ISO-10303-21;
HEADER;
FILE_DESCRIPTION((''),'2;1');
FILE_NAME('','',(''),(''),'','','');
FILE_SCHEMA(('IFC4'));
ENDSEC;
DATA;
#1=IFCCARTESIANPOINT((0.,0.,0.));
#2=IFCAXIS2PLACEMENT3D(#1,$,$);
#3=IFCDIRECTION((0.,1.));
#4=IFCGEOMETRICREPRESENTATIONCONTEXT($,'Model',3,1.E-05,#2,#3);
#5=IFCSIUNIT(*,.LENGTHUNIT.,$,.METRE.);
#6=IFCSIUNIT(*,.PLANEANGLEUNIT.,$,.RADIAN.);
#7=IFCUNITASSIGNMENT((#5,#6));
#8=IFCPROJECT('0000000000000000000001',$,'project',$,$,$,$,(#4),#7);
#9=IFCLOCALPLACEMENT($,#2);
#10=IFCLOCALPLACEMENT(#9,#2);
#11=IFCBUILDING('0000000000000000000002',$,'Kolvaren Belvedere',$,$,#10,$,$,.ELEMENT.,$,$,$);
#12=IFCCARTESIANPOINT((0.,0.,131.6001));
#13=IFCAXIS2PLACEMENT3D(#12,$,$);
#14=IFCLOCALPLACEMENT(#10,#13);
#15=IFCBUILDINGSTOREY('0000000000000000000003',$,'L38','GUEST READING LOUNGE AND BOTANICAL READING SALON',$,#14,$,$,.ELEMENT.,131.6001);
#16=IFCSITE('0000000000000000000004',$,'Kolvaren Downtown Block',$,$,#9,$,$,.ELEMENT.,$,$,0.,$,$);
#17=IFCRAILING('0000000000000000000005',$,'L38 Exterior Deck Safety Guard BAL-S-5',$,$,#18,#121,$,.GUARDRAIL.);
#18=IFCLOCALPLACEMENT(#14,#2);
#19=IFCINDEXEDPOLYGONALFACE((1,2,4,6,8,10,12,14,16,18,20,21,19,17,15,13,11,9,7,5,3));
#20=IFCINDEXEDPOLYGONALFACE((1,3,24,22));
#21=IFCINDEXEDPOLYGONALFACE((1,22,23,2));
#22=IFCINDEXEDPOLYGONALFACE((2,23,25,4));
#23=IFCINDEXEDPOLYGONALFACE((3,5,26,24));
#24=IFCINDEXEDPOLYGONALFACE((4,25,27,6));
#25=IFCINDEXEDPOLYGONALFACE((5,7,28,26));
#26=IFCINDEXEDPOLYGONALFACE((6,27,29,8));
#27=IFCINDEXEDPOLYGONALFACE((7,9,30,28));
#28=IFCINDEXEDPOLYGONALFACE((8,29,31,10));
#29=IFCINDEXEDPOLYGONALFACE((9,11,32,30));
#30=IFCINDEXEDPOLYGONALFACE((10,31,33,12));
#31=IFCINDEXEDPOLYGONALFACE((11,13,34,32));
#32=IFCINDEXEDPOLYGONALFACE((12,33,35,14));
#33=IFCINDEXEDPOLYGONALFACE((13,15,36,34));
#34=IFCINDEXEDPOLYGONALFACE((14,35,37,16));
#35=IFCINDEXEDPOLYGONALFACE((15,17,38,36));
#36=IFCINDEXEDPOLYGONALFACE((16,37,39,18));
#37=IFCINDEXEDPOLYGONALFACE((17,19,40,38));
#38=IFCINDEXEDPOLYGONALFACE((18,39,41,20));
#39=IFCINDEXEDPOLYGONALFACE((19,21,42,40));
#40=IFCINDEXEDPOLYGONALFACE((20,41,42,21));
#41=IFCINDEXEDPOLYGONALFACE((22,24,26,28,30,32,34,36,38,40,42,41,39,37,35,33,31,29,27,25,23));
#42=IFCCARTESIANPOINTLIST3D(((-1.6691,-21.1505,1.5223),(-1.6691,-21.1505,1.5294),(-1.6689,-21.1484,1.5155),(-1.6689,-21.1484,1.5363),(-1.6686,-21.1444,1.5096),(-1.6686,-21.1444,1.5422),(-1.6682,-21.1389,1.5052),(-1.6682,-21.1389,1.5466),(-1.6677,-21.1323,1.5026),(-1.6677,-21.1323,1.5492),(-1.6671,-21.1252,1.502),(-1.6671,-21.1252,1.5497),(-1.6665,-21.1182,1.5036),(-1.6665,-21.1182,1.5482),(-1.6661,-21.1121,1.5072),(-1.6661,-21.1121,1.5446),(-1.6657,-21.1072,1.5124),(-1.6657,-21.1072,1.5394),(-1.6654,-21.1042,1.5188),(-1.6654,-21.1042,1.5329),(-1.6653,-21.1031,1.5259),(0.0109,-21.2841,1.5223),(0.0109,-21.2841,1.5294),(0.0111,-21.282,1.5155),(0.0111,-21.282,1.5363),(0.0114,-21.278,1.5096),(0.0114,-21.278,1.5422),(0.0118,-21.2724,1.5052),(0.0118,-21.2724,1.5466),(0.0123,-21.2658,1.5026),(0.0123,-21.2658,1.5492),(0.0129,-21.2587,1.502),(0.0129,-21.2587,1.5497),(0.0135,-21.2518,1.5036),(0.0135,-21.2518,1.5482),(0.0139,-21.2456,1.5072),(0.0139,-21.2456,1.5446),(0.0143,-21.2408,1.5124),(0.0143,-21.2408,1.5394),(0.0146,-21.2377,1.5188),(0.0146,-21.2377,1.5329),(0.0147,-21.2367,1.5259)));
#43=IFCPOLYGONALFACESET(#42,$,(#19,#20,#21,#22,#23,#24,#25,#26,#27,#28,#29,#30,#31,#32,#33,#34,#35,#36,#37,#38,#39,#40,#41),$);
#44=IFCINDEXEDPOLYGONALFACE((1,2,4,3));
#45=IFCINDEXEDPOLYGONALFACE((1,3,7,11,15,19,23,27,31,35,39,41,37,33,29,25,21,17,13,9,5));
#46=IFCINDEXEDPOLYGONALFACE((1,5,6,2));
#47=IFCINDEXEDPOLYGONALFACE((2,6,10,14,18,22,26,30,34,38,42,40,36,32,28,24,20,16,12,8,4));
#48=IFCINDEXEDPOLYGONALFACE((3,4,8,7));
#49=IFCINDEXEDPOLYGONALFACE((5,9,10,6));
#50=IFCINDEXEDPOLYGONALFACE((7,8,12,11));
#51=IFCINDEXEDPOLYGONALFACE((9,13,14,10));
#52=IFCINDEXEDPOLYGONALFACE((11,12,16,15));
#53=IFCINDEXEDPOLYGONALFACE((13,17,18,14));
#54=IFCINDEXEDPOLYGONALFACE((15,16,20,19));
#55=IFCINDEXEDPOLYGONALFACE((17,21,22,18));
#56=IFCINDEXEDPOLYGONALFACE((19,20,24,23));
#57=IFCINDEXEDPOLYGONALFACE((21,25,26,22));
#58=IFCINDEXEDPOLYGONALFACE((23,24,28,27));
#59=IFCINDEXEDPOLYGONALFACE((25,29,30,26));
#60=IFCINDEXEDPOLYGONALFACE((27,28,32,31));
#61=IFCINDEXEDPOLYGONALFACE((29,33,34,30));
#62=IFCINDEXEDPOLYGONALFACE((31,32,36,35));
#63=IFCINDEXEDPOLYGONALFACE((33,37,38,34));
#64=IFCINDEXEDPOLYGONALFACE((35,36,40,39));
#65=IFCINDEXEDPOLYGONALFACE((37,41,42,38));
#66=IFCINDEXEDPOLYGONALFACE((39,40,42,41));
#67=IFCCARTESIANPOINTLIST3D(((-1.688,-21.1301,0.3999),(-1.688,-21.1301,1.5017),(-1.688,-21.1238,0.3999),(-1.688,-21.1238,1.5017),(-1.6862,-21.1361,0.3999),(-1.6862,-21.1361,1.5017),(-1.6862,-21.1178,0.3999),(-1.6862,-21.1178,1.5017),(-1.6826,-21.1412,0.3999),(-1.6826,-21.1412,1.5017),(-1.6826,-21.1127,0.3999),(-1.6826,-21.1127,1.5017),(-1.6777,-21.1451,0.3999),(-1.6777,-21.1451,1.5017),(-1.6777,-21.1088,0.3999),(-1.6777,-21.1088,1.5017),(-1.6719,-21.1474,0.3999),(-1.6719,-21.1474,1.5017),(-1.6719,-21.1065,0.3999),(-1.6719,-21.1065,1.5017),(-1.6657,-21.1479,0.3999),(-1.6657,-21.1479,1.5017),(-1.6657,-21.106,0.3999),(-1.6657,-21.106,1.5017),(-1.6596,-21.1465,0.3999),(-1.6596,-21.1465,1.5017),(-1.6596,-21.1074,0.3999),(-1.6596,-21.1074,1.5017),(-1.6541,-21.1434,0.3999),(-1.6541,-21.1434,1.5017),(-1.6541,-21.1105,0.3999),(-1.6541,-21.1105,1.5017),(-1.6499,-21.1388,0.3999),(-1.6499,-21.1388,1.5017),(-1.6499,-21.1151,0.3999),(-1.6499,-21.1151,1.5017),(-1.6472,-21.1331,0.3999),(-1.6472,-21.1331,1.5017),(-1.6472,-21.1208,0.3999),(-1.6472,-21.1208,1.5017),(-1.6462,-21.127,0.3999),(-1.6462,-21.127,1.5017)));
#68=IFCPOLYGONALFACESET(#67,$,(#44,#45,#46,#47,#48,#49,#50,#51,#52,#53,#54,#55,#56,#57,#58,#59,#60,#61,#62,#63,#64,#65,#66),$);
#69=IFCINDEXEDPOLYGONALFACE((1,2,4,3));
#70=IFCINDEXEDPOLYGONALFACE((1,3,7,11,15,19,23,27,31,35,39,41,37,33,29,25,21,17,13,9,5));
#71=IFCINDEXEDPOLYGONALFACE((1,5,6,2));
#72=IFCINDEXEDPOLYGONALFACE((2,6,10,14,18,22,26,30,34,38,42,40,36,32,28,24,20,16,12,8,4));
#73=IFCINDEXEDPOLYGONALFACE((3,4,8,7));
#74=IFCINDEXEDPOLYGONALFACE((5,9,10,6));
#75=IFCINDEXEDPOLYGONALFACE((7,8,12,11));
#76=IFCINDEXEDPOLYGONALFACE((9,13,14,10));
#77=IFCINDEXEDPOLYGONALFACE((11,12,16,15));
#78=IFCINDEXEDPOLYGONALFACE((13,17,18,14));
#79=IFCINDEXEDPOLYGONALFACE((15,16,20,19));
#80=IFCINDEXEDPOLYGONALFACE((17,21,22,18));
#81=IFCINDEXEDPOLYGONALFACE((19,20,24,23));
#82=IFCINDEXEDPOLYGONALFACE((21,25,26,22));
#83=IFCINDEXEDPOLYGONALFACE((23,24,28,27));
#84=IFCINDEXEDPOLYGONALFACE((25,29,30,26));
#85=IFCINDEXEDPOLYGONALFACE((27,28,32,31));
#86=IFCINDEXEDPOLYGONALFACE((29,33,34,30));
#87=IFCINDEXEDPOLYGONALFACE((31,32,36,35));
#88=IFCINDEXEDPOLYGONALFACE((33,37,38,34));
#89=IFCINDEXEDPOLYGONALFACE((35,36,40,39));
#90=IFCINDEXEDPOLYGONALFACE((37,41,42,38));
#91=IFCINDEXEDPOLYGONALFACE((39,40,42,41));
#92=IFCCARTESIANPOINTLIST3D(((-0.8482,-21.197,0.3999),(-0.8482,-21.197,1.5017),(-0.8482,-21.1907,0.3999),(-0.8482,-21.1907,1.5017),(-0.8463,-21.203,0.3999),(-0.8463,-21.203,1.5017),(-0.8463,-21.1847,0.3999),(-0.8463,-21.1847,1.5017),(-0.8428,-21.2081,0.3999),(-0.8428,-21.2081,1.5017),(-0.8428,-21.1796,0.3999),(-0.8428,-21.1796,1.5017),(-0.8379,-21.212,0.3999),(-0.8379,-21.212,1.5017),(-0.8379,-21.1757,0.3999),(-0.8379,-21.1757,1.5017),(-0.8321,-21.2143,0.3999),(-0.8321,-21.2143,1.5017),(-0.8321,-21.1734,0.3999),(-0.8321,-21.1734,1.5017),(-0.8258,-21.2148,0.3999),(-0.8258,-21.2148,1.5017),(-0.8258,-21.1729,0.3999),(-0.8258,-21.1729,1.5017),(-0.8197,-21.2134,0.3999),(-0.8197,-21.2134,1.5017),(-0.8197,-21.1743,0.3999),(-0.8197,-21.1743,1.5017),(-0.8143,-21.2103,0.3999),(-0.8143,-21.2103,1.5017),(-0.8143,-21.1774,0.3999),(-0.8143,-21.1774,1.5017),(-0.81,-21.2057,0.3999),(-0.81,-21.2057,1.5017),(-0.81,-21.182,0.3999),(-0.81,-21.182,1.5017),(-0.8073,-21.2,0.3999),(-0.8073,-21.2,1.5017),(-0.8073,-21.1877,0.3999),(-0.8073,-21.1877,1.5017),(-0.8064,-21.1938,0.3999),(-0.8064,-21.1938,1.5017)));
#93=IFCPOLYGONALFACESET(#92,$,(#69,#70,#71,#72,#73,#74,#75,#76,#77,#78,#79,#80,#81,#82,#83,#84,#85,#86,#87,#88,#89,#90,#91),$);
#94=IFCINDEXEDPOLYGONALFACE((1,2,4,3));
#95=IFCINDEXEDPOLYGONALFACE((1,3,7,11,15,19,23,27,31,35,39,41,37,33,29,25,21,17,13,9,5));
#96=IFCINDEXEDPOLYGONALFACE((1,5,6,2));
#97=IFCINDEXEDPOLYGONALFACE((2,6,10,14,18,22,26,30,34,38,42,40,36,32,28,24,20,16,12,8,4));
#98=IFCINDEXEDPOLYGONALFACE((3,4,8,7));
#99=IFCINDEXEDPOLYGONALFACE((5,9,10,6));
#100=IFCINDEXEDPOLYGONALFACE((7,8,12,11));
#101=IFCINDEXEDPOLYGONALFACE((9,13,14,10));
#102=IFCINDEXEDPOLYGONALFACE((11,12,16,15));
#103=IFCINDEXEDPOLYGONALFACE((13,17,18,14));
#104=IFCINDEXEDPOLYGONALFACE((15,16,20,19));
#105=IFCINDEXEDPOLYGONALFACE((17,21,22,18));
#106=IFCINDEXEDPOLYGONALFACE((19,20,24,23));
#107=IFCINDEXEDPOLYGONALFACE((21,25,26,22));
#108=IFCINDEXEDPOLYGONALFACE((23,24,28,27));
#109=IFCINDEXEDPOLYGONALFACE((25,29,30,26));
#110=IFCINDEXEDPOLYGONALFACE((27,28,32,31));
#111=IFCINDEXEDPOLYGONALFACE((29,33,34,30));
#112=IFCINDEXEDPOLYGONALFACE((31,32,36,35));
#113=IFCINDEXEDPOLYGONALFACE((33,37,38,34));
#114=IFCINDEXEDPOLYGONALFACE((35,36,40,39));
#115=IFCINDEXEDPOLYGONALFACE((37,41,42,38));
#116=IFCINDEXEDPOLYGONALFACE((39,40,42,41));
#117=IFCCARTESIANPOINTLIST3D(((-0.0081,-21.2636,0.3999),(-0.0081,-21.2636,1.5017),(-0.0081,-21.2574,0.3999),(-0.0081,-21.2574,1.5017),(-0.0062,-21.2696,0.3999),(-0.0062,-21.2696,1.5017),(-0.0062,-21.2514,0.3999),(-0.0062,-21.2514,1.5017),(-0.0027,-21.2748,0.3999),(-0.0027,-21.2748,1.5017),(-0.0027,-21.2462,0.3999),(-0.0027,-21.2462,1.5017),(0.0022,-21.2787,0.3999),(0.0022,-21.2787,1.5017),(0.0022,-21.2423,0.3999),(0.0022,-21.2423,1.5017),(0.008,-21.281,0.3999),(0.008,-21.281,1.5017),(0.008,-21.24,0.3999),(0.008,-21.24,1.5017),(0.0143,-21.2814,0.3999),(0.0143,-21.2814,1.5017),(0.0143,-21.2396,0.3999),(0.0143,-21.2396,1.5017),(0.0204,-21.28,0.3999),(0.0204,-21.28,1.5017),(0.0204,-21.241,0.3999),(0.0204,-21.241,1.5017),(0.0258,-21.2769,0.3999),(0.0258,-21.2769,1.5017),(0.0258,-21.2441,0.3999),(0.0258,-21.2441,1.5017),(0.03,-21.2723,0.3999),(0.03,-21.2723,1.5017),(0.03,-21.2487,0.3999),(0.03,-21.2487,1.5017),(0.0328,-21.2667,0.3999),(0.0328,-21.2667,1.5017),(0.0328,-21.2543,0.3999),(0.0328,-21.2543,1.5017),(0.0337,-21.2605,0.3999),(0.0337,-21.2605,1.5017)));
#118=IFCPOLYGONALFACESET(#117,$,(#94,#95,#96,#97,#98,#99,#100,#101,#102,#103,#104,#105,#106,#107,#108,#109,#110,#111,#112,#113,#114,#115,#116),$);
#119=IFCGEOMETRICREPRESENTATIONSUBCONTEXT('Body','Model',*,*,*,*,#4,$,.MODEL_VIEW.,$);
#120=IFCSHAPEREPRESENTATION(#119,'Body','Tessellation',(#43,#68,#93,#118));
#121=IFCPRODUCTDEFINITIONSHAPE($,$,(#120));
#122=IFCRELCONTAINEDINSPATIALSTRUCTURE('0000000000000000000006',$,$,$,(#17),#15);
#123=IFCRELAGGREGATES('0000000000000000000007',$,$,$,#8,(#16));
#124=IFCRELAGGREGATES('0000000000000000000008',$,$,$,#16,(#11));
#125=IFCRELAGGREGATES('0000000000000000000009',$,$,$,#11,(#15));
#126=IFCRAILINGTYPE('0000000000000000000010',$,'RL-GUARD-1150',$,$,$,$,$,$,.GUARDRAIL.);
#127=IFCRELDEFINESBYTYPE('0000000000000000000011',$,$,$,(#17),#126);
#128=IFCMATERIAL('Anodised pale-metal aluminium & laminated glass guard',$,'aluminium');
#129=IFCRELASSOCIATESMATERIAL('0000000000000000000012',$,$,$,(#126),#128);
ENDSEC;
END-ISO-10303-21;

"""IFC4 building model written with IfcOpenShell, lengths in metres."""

from ifc_helpers import new_model, si_unit, direction, frame, origin, origin_2d, place, context, subcontext, project, spatial, circle, extrude, material, type_object, element, save


model = new_model("IFC4")

# Units and contexts
model_context = context("Model", 3, precision=1e-05, world=origin(), true_north=direction((0.0, 1.0)))
body_context = subcontext(model_context, "Body", "Model", "MODEL_VIEW")
ifc_project = project(units=[si_unit("LENGTHUNIT", "METRE"), si_unit("PLANEANGLEUNIT", "RADIAN")], contexts=[model_context])

# Site, building, storey
site_placement = place(None, origin())
site = spatial("IfcSite", under=ifc_project, at=site_placement, Name="Kolvaren Downtown Block", CompositionType="ELEMENT", RefElevation=0.0)
building_placement = place(site_placement, origin())
building = spatial("IfcBuilding", under=site, at=building_placement, Name="Kolvaren Belvedere", CompositionType="ELEMENT")
storey_placement = place(building_placement, frame((0.0, 0.0, 131.6001)))
storey = spatial("IfcBuildingStorey", under=building, at=storey_placement, Name="L38", Description="GUEST READING LOUNGE AND BOTANICAL READING SALON", CompositionType="ELEMENT", Elevation=131.6001)

# Railing
ifc_material_1 = material(Name="Anodised pale-metal aluminium & laminated glass guard", Category="aluminium")
railing_type = type_object("IfcRailingType", Name="RL-GUARD-1150", PredefinedType="GUARDRAIL", material=ifc_material_1)
railing_1_placement = place(storey_placement, frame((-1.6672, -21.127, 0.3999)))
element("IfcRailing", 1, at=railing_1_placement, inside=storey, type_object=railing_type, Name="L38 Exterior Deck Safety Guard BAL-S-5", PredefinedType="GUARDRAIL", context=body_context, shape_type="SweptSolid", body=[
    extrude(circle(Radius=0.0239, at=origin_2d()), frame((0.0, 0.0, 1.126), z_axis=(0.996855, -0.079244, 0.0), x_axis=(0.079244, 0.996855, 0.0)), (0.0, 0.0, 1.0), 1.6853),
    extrude(circle(Radius=0.021, at=origin_2d()), origin(), (0.0, 0.0, 1.0), 1.1018),
    extrude(circle(Radius=0.021, at=origin_2d()), frame((0.8398, -0.0669, 0.0)), (0.0, 0.0, 1.0), 1.1018),
    extrude(circle(Radius=0.021, at=origin_2d()), frame((1.6799, -0.1335, 0.0)), (0.0, 0.0, 1.0), 1.1018),
])

save(model, "model.ifc")
